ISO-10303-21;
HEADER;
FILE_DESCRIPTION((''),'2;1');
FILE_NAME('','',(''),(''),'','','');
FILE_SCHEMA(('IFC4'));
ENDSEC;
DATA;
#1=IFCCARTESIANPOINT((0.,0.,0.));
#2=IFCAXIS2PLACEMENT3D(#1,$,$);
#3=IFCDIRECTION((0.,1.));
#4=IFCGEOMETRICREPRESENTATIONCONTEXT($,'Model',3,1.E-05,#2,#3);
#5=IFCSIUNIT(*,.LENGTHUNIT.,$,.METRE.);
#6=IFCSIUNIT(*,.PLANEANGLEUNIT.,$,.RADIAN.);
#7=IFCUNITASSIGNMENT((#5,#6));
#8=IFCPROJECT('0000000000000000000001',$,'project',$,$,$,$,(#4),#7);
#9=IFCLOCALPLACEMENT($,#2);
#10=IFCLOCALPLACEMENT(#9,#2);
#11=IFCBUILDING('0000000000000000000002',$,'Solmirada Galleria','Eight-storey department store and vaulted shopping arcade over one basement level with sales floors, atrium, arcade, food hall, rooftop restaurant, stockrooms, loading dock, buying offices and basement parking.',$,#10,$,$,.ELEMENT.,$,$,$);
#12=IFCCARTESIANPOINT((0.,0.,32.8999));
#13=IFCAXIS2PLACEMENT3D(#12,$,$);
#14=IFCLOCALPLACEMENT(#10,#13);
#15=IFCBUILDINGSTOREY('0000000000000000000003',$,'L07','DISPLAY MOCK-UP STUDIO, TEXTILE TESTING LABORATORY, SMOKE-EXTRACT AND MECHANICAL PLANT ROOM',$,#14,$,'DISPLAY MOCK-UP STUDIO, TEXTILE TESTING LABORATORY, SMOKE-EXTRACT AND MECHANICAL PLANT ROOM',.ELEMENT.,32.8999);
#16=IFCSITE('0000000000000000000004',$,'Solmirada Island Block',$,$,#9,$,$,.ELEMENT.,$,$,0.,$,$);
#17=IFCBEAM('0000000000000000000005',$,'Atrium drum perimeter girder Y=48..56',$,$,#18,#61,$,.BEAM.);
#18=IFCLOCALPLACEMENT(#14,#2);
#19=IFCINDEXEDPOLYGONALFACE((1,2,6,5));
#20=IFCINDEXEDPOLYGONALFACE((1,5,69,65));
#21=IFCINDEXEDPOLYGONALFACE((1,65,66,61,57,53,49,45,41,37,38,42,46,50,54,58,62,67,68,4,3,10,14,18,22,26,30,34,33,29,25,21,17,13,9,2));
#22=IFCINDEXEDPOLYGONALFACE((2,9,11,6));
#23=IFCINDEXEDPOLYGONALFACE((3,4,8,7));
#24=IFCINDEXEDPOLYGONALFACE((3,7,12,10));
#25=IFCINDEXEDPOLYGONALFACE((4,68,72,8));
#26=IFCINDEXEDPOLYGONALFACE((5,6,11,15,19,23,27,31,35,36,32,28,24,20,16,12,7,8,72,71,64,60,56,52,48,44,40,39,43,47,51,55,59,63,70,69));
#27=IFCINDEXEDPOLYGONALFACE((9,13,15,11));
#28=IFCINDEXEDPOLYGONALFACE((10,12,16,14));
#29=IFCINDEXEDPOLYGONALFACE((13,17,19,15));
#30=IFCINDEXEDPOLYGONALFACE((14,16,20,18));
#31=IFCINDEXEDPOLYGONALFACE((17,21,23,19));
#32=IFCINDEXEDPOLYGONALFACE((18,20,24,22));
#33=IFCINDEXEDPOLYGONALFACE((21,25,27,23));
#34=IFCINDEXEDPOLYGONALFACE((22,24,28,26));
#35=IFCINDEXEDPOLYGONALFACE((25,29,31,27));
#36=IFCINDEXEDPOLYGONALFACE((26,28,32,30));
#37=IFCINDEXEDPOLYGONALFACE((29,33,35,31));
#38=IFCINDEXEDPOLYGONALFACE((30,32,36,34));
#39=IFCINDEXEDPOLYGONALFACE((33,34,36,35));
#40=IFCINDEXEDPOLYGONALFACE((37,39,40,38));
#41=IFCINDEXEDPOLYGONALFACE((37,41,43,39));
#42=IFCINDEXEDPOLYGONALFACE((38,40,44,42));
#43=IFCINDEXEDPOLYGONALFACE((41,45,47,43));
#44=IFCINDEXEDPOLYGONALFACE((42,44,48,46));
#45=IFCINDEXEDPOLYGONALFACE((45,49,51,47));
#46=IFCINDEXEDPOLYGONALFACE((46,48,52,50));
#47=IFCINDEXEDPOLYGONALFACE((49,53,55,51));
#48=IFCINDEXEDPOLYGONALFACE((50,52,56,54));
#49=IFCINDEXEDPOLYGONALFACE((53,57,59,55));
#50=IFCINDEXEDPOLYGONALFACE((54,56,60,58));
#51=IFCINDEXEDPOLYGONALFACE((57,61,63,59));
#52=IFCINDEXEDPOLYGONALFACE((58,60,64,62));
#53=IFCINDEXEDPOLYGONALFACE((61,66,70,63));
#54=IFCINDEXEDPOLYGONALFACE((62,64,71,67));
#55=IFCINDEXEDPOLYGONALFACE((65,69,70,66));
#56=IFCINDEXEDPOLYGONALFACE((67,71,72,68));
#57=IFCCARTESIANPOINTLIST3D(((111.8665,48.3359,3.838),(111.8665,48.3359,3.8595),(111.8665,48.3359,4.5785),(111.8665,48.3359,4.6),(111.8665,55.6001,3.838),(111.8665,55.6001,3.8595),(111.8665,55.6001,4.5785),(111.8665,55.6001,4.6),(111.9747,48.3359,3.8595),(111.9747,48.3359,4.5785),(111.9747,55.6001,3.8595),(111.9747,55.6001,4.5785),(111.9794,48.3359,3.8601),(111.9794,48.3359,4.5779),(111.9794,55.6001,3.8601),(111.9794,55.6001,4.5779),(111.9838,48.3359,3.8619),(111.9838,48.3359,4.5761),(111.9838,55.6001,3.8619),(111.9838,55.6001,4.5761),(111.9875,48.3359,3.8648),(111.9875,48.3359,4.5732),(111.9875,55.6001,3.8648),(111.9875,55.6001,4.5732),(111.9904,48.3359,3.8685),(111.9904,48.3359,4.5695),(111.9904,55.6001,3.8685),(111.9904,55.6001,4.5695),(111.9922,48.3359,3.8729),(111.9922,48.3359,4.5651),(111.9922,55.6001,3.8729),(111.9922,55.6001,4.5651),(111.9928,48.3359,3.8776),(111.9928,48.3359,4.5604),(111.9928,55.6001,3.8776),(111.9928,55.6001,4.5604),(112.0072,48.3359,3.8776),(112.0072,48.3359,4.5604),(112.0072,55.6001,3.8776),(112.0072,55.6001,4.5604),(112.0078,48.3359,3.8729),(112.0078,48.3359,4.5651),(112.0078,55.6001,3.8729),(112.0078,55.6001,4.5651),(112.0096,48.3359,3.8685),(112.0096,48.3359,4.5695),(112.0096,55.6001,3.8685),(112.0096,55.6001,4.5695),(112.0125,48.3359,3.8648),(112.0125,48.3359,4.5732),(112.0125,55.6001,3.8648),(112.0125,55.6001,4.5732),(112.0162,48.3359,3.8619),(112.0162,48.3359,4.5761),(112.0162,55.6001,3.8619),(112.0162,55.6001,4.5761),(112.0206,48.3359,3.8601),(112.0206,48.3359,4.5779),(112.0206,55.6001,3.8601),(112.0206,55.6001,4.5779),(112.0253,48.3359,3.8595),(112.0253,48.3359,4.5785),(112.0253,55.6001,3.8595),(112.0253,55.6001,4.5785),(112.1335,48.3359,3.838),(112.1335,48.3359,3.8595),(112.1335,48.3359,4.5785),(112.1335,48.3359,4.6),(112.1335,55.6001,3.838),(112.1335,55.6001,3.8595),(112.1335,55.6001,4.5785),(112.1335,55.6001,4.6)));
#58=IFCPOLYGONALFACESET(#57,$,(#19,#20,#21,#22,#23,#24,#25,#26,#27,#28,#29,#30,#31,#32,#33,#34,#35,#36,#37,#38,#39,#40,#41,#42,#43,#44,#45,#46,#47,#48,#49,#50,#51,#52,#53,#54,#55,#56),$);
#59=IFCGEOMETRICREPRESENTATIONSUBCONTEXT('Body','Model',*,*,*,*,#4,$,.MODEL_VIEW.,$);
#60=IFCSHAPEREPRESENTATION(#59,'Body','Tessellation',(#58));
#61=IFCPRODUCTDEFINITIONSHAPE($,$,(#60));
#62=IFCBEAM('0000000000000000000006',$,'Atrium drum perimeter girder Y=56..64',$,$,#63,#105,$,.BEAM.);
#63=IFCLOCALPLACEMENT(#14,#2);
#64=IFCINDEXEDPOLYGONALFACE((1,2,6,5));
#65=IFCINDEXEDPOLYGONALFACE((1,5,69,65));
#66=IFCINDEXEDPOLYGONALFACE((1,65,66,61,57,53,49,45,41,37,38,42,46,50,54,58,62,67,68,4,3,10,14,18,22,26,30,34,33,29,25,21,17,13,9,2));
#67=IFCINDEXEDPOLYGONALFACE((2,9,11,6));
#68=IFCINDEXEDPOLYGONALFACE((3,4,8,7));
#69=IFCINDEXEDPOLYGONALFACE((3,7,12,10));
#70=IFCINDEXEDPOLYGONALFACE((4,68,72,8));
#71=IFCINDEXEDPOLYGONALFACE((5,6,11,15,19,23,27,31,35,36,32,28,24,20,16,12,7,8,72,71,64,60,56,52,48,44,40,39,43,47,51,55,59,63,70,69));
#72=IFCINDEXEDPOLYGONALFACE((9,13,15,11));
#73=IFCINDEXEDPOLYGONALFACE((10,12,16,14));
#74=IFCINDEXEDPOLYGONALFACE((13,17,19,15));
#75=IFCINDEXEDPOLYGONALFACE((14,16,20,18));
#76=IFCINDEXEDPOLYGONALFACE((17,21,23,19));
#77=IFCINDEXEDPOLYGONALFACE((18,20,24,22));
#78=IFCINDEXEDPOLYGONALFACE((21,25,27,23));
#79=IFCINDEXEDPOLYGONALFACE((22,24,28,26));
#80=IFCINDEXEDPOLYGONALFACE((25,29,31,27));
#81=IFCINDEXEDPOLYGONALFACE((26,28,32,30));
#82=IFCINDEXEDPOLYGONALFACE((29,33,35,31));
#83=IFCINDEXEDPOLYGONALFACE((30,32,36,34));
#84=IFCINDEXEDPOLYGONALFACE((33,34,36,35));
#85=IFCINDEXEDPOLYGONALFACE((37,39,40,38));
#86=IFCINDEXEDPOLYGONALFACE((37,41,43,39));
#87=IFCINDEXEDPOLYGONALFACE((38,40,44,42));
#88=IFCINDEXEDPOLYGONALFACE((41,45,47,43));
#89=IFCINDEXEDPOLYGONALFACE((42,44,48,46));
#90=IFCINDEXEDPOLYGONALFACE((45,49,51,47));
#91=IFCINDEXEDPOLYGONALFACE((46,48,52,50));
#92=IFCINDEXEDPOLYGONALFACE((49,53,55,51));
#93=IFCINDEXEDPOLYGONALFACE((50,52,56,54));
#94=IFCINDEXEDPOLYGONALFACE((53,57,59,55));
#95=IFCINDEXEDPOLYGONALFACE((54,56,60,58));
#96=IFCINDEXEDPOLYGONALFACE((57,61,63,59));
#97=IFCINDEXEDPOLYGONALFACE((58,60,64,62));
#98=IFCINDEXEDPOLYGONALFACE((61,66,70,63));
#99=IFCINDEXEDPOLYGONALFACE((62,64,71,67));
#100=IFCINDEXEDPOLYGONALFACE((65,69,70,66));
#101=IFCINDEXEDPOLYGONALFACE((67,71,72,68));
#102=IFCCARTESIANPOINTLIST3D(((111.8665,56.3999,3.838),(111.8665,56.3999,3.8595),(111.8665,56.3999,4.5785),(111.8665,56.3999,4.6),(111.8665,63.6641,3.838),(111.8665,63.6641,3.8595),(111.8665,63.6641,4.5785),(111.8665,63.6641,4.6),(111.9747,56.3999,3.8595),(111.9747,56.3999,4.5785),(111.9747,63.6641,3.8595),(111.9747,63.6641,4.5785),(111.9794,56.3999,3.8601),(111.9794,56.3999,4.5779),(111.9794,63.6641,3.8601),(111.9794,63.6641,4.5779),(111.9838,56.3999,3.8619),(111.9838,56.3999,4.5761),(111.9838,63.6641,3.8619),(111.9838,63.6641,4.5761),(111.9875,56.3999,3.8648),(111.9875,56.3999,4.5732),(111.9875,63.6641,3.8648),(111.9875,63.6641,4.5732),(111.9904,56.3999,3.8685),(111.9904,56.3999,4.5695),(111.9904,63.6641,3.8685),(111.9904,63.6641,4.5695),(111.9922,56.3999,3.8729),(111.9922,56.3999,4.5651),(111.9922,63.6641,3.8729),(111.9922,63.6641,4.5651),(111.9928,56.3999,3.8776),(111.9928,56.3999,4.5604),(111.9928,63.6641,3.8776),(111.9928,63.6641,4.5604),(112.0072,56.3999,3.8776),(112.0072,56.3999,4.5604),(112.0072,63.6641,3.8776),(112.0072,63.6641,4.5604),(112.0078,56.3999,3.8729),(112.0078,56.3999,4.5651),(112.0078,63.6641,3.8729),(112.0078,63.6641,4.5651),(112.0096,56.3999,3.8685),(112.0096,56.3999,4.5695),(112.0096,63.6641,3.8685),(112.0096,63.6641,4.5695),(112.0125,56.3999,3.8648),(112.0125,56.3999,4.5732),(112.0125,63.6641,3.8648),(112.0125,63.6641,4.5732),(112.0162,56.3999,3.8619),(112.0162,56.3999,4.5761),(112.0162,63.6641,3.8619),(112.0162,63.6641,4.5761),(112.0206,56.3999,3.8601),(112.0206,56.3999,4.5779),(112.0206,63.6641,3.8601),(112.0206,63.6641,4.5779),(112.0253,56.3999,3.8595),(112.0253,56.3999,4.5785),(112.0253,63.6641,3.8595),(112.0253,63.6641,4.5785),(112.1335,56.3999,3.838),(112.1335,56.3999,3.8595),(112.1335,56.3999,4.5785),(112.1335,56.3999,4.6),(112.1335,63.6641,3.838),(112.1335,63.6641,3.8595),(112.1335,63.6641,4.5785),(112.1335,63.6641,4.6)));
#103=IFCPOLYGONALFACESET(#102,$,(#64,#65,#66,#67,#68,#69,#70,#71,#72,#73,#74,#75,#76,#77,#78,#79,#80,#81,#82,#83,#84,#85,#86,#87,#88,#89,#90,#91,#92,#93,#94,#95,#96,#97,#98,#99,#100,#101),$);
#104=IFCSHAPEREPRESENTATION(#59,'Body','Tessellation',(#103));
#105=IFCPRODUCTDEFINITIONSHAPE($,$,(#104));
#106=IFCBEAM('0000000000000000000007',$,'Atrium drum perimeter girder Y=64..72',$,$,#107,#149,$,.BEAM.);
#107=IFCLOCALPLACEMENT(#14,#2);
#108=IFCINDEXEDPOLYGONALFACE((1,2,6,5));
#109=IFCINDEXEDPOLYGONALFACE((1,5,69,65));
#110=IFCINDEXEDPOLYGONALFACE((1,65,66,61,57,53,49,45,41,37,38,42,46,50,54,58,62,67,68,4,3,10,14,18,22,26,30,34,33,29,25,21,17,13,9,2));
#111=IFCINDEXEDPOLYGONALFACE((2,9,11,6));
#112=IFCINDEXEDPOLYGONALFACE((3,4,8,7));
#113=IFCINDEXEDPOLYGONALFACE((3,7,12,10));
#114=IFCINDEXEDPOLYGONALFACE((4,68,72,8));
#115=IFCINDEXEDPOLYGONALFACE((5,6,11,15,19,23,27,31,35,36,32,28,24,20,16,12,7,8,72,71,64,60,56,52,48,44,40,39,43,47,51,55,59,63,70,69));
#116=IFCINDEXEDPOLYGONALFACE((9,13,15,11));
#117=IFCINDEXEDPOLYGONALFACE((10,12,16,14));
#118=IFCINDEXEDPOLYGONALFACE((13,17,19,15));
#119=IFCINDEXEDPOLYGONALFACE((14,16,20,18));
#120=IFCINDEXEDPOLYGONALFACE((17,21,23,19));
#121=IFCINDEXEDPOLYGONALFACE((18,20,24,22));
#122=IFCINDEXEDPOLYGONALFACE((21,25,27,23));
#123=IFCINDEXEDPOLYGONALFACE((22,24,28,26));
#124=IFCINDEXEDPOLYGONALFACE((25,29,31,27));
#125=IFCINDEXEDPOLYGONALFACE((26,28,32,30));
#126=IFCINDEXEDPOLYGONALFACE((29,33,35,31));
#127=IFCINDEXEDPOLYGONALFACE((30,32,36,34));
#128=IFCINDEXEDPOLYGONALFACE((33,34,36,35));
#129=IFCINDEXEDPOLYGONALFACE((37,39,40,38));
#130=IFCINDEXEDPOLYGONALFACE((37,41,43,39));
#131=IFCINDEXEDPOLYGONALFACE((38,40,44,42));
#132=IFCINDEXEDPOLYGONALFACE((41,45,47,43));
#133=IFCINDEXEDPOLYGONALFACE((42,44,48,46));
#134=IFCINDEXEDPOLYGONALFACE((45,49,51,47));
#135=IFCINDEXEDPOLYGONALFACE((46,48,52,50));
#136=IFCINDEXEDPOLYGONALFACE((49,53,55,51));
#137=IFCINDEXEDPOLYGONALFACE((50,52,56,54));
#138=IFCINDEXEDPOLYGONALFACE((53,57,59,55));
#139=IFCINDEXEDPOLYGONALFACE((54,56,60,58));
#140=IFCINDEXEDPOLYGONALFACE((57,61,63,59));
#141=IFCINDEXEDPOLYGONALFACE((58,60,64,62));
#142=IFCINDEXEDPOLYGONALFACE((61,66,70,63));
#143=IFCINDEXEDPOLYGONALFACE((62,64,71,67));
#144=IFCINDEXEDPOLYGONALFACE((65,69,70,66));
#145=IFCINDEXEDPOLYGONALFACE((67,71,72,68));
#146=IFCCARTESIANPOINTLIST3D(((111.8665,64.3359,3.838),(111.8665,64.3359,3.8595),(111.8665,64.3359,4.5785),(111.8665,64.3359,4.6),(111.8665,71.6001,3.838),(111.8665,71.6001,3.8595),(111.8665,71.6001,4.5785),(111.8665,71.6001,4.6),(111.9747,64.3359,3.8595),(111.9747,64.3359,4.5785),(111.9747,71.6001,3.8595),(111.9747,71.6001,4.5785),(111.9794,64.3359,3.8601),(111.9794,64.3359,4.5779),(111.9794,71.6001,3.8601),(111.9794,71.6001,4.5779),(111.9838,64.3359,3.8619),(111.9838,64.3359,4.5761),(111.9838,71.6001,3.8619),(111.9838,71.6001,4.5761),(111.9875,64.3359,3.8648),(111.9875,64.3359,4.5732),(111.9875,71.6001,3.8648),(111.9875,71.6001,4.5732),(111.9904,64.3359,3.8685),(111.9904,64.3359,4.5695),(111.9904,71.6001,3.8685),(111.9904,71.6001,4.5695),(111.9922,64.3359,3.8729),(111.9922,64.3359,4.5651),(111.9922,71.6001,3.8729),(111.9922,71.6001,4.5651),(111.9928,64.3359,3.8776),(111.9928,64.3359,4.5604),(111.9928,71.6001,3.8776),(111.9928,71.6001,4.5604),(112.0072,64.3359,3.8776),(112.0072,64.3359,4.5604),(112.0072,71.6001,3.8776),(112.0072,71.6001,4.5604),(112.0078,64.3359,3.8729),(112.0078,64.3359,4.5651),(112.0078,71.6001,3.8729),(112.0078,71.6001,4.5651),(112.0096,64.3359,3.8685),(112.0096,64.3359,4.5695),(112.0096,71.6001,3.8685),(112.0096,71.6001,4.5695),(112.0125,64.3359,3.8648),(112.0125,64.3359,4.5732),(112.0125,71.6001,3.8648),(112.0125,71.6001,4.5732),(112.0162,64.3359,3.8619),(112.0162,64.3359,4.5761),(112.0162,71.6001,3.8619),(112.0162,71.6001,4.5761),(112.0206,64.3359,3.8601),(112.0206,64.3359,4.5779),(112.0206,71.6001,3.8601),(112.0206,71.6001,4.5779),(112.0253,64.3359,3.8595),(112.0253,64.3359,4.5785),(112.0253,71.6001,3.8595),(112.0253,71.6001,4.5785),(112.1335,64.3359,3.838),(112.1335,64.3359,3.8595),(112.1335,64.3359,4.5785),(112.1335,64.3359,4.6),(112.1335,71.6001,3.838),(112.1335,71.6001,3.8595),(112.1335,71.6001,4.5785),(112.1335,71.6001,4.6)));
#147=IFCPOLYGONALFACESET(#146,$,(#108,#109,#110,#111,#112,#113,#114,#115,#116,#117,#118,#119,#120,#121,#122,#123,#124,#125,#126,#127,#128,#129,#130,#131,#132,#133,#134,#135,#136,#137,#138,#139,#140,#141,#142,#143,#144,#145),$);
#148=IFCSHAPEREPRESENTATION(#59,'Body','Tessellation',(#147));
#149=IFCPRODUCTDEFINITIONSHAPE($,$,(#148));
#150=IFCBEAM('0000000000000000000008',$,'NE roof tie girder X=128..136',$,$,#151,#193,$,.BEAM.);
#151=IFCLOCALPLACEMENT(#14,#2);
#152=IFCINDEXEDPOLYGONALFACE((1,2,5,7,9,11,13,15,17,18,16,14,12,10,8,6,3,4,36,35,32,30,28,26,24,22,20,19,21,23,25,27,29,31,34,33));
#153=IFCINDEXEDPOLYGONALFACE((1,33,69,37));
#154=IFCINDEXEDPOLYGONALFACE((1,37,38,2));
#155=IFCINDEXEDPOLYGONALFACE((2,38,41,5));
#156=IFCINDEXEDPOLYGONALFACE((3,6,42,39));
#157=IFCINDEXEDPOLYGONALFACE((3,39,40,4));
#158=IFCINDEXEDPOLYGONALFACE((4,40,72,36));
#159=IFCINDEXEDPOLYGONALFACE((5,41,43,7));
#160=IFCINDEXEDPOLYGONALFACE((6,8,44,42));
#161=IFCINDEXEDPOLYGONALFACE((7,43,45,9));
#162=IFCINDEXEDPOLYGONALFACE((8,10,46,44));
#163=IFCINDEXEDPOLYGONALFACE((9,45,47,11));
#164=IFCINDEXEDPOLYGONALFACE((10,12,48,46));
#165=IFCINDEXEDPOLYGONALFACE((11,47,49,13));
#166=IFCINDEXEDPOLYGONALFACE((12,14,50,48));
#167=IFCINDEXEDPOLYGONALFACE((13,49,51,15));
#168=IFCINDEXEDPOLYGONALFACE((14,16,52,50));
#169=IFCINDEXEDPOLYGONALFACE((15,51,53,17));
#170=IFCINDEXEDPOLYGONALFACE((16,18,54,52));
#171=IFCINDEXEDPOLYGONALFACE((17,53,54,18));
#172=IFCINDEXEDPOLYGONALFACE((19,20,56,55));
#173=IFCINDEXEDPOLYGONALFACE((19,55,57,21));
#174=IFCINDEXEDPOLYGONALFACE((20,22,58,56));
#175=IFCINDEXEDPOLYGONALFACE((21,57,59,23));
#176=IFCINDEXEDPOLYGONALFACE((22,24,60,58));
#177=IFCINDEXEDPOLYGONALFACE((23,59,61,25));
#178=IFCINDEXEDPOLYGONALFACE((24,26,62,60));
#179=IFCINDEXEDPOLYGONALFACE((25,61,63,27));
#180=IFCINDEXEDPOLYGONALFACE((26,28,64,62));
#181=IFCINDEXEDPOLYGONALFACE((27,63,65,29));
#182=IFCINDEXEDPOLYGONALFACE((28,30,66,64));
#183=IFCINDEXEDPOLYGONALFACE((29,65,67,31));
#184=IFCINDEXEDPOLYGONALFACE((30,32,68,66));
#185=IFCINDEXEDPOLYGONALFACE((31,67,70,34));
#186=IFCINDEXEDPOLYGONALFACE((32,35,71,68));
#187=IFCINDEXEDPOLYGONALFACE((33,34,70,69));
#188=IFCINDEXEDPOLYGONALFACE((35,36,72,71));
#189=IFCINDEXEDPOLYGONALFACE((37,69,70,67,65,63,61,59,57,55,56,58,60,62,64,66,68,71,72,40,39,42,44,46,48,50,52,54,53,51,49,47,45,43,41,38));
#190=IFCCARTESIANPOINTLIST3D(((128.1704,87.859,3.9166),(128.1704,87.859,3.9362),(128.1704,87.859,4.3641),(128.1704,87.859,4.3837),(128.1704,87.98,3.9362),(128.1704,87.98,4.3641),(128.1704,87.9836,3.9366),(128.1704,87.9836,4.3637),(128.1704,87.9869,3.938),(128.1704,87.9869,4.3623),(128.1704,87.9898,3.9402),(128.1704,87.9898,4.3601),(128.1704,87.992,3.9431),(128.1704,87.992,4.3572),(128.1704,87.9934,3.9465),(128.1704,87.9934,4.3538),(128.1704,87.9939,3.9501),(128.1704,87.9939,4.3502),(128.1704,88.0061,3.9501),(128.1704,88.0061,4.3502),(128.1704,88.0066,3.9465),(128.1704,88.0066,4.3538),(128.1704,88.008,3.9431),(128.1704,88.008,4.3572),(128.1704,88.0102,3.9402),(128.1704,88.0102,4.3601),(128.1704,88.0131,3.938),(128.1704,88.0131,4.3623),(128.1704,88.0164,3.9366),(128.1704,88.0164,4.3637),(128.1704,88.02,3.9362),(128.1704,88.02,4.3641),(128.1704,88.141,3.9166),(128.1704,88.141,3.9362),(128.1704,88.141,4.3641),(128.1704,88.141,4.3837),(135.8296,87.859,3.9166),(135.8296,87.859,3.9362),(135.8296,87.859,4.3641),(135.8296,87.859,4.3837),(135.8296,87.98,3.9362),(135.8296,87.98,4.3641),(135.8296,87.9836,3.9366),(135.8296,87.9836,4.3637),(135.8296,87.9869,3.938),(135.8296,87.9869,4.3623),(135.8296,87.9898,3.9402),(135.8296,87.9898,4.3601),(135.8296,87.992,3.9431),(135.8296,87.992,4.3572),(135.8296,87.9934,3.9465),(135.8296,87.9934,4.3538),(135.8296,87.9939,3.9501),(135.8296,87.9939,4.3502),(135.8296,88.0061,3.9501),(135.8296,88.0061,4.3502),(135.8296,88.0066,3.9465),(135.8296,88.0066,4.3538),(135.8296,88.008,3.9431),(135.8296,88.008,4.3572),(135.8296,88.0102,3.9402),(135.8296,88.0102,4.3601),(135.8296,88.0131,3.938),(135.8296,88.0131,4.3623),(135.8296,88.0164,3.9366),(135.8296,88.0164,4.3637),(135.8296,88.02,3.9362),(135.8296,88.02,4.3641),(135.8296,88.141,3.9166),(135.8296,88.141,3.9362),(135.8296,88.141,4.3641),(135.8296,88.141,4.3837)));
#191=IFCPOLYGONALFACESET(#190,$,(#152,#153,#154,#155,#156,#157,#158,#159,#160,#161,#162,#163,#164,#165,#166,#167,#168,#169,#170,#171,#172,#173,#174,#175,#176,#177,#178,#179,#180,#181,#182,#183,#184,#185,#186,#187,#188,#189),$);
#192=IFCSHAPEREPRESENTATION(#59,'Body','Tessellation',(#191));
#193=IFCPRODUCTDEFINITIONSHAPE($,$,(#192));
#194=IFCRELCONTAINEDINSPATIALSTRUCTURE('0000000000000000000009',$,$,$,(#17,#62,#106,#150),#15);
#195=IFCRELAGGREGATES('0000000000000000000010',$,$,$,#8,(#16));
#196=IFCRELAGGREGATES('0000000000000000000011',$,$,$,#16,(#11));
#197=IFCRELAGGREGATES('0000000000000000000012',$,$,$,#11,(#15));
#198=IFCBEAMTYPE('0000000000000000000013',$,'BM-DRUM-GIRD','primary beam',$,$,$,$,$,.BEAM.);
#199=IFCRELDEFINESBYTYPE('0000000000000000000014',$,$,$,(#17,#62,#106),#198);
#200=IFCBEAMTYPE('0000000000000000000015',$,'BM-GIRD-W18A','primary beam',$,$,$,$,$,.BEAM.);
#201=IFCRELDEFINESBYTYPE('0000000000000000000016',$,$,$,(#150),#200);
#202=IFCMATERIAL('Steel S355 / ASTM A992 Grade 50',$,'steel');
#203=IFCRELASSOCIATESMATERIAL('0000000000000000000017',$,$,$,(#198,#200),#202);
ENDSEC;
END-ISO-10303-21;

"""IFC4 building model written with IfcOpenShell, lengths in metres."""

from ifc_helpers import new_model, si_unit, direction, frame, origin, origin_2d, place, context, subcontext, project, spatial, i_section, extrude, material, material_profile, profile_set, type_object, element, save


model = new_model("IFC4")

# Units and contexts
model_context = context("Model", 3, precision=1e-05, world=origin(), true_north=direction((0.0, 1.0)))
body_context = subcontext(model_context, "Body", "Model", "MODEL_VIEW")
ifc_project = project(units=[si_unit("LENGTHUNIT", "METRE"), si_unit("PLANEANGLEUNIT", "RADIAN")], contexts=[model_context])

# Site, building, storey
site_placement = place(None, origin())
site = spatial("IfcSite", under=ifc_project, at=site_placement, Name="Solmirada Island Block", CompositionType="ELEMENT", RefElevation=0.0)
building_placement = place(site_placement, origin())
building = spatial("IfcBuilding", under=site, at=building_placement, Name="Solmirada Galleria", Description="Eight-storey department store and vaulted shopping arcade over one basement level with sales floors, atrium, arcade, food hall, rooftop restaurant, stockrooms, loading dock, buying offices and basement parking.", CompositionType="ELEMENT")
storey_placement = place(building_placement, frame((0.0, 0.0, 32.8999)))
storey = spatial("IfcBuildingStorey", under=building, at=storey_placement, Name="L07", Description="DISPLAY MOCK-UP STUDIO, TEXTILE TESTING LABORATORY, SMOKE-EXTRACT AND MECHANICAL PLANT ROOM", LongName="DISPLAY MOCK-UP STUDIO, TEXTILE TESTING LABORATORY, SMOKE-EXTRACT AND MECHANICAL PLANT ROOM", CompositionType="ELEMENT", Elevation=32.8999)

# Beams
ifc_material_1 = material(Name="Steel S355 / ASTM A992 Grade 50", Category="steel")
ifc_material_profile_1 = material_profile(ifc_material_1, i_section(OverallWidth=0.2671, OverallDepth=0.762, WebThickness=0.0144, FlangeThickness=0.0215, FilletRadius=0.0181, at=origin_2d()), Name="W30X116")
ifc_profile_set_1 = profile_set([ifc_material_profile_1], Name="Steel S355 / ASTM A992 Grade 50")
beam_type_1 = type_object("IfcBeamType", Name="BM-DRUM-GIRD", Description="primary beam", PredefinedType="BEAM", material=ifc_profile_set_1)
for number, where, z_axis, x_axis, name in (
    (1, (112.0, 48.3359, 4.219), (0.0, 1.0, 0.0), (-1.0, 0.0, 0.0), "Atrium drum perimeter girder Y=48..56"),
    (2, (112.0, 56.3999, 4.219), (0.0, 1.0, 0.0), (-1.0, 0.0, 0.0), "Atrium drum perimeter girder Y=56..64"),
    (3, (112.0, 64.3359, 4.219), (0.0, 1.0, 0.0), (-1.0, 0.0, 0.0), "Atrium drum perimeter girder Y=64..72"),
):
    element("IfcBeam", number, at=place(storey_placement, frame(where, z_axis=z_axis, x_axis=x_axis)), inside=storey, type_object=beam_type_1, Name=name, PredefinedType="BEAM", context=body_context, shape_type="SweptSolid", body=[
        extrude(i_section(OverallWidth=0.2671, OverallDepth=0.762, WebThickness=0.0144, FlangeThickness=0.0215, FilletRadius=0.0181, at=origin_2d()), origin(), (0.0, 0.0, 1.0), 7.2642),
    ])
ifc_material_profile_2 = material_profile(ifc_material_1, i_section(OverallWidth=0.282, OverallDepth=0.467, WebThickness=0.0122, FlangeThickness=0.0195, FilletRadius=0.0139, at=origin_2d()), Name="W18X86")
ifc_profile_set_2 = profile_set([ifc_material_profile_2], Name="Steel S355 / ASTM A992 Grade 50")
beam_type_2 = type_object("IfcBeamType", Name="BM-GIRD-W18A", Description="primary beam", PredefinedType="BEAM", material=ifc_profile_set_2)
beam_1_placement = place(storey_placement, frame((128.1704, 88.0, 4.1501), z_axis=(1.0, 0.0, 0.0), x_axis=(0.0, 1.0, 0.0)))
element("IfcBeam", 4, at=beam_1_placement, inside=storey, type_object=beam_type_2, Name="NE roof tie girder X=128..136", PredefinedType="BEAM", context=body_context, shape_type="SweptSolid", body=[
    extrude(i_section(OverallWidth=0.282, OverallDepth=0.467, WebThickness=0.0122, FlangeThickness=0.0195, FilletRadius=0.0139, at=origin_2d()), origin(), (0.0, 0.0, 1.0), 7.6592),
])

save(model, "model.ifc")
